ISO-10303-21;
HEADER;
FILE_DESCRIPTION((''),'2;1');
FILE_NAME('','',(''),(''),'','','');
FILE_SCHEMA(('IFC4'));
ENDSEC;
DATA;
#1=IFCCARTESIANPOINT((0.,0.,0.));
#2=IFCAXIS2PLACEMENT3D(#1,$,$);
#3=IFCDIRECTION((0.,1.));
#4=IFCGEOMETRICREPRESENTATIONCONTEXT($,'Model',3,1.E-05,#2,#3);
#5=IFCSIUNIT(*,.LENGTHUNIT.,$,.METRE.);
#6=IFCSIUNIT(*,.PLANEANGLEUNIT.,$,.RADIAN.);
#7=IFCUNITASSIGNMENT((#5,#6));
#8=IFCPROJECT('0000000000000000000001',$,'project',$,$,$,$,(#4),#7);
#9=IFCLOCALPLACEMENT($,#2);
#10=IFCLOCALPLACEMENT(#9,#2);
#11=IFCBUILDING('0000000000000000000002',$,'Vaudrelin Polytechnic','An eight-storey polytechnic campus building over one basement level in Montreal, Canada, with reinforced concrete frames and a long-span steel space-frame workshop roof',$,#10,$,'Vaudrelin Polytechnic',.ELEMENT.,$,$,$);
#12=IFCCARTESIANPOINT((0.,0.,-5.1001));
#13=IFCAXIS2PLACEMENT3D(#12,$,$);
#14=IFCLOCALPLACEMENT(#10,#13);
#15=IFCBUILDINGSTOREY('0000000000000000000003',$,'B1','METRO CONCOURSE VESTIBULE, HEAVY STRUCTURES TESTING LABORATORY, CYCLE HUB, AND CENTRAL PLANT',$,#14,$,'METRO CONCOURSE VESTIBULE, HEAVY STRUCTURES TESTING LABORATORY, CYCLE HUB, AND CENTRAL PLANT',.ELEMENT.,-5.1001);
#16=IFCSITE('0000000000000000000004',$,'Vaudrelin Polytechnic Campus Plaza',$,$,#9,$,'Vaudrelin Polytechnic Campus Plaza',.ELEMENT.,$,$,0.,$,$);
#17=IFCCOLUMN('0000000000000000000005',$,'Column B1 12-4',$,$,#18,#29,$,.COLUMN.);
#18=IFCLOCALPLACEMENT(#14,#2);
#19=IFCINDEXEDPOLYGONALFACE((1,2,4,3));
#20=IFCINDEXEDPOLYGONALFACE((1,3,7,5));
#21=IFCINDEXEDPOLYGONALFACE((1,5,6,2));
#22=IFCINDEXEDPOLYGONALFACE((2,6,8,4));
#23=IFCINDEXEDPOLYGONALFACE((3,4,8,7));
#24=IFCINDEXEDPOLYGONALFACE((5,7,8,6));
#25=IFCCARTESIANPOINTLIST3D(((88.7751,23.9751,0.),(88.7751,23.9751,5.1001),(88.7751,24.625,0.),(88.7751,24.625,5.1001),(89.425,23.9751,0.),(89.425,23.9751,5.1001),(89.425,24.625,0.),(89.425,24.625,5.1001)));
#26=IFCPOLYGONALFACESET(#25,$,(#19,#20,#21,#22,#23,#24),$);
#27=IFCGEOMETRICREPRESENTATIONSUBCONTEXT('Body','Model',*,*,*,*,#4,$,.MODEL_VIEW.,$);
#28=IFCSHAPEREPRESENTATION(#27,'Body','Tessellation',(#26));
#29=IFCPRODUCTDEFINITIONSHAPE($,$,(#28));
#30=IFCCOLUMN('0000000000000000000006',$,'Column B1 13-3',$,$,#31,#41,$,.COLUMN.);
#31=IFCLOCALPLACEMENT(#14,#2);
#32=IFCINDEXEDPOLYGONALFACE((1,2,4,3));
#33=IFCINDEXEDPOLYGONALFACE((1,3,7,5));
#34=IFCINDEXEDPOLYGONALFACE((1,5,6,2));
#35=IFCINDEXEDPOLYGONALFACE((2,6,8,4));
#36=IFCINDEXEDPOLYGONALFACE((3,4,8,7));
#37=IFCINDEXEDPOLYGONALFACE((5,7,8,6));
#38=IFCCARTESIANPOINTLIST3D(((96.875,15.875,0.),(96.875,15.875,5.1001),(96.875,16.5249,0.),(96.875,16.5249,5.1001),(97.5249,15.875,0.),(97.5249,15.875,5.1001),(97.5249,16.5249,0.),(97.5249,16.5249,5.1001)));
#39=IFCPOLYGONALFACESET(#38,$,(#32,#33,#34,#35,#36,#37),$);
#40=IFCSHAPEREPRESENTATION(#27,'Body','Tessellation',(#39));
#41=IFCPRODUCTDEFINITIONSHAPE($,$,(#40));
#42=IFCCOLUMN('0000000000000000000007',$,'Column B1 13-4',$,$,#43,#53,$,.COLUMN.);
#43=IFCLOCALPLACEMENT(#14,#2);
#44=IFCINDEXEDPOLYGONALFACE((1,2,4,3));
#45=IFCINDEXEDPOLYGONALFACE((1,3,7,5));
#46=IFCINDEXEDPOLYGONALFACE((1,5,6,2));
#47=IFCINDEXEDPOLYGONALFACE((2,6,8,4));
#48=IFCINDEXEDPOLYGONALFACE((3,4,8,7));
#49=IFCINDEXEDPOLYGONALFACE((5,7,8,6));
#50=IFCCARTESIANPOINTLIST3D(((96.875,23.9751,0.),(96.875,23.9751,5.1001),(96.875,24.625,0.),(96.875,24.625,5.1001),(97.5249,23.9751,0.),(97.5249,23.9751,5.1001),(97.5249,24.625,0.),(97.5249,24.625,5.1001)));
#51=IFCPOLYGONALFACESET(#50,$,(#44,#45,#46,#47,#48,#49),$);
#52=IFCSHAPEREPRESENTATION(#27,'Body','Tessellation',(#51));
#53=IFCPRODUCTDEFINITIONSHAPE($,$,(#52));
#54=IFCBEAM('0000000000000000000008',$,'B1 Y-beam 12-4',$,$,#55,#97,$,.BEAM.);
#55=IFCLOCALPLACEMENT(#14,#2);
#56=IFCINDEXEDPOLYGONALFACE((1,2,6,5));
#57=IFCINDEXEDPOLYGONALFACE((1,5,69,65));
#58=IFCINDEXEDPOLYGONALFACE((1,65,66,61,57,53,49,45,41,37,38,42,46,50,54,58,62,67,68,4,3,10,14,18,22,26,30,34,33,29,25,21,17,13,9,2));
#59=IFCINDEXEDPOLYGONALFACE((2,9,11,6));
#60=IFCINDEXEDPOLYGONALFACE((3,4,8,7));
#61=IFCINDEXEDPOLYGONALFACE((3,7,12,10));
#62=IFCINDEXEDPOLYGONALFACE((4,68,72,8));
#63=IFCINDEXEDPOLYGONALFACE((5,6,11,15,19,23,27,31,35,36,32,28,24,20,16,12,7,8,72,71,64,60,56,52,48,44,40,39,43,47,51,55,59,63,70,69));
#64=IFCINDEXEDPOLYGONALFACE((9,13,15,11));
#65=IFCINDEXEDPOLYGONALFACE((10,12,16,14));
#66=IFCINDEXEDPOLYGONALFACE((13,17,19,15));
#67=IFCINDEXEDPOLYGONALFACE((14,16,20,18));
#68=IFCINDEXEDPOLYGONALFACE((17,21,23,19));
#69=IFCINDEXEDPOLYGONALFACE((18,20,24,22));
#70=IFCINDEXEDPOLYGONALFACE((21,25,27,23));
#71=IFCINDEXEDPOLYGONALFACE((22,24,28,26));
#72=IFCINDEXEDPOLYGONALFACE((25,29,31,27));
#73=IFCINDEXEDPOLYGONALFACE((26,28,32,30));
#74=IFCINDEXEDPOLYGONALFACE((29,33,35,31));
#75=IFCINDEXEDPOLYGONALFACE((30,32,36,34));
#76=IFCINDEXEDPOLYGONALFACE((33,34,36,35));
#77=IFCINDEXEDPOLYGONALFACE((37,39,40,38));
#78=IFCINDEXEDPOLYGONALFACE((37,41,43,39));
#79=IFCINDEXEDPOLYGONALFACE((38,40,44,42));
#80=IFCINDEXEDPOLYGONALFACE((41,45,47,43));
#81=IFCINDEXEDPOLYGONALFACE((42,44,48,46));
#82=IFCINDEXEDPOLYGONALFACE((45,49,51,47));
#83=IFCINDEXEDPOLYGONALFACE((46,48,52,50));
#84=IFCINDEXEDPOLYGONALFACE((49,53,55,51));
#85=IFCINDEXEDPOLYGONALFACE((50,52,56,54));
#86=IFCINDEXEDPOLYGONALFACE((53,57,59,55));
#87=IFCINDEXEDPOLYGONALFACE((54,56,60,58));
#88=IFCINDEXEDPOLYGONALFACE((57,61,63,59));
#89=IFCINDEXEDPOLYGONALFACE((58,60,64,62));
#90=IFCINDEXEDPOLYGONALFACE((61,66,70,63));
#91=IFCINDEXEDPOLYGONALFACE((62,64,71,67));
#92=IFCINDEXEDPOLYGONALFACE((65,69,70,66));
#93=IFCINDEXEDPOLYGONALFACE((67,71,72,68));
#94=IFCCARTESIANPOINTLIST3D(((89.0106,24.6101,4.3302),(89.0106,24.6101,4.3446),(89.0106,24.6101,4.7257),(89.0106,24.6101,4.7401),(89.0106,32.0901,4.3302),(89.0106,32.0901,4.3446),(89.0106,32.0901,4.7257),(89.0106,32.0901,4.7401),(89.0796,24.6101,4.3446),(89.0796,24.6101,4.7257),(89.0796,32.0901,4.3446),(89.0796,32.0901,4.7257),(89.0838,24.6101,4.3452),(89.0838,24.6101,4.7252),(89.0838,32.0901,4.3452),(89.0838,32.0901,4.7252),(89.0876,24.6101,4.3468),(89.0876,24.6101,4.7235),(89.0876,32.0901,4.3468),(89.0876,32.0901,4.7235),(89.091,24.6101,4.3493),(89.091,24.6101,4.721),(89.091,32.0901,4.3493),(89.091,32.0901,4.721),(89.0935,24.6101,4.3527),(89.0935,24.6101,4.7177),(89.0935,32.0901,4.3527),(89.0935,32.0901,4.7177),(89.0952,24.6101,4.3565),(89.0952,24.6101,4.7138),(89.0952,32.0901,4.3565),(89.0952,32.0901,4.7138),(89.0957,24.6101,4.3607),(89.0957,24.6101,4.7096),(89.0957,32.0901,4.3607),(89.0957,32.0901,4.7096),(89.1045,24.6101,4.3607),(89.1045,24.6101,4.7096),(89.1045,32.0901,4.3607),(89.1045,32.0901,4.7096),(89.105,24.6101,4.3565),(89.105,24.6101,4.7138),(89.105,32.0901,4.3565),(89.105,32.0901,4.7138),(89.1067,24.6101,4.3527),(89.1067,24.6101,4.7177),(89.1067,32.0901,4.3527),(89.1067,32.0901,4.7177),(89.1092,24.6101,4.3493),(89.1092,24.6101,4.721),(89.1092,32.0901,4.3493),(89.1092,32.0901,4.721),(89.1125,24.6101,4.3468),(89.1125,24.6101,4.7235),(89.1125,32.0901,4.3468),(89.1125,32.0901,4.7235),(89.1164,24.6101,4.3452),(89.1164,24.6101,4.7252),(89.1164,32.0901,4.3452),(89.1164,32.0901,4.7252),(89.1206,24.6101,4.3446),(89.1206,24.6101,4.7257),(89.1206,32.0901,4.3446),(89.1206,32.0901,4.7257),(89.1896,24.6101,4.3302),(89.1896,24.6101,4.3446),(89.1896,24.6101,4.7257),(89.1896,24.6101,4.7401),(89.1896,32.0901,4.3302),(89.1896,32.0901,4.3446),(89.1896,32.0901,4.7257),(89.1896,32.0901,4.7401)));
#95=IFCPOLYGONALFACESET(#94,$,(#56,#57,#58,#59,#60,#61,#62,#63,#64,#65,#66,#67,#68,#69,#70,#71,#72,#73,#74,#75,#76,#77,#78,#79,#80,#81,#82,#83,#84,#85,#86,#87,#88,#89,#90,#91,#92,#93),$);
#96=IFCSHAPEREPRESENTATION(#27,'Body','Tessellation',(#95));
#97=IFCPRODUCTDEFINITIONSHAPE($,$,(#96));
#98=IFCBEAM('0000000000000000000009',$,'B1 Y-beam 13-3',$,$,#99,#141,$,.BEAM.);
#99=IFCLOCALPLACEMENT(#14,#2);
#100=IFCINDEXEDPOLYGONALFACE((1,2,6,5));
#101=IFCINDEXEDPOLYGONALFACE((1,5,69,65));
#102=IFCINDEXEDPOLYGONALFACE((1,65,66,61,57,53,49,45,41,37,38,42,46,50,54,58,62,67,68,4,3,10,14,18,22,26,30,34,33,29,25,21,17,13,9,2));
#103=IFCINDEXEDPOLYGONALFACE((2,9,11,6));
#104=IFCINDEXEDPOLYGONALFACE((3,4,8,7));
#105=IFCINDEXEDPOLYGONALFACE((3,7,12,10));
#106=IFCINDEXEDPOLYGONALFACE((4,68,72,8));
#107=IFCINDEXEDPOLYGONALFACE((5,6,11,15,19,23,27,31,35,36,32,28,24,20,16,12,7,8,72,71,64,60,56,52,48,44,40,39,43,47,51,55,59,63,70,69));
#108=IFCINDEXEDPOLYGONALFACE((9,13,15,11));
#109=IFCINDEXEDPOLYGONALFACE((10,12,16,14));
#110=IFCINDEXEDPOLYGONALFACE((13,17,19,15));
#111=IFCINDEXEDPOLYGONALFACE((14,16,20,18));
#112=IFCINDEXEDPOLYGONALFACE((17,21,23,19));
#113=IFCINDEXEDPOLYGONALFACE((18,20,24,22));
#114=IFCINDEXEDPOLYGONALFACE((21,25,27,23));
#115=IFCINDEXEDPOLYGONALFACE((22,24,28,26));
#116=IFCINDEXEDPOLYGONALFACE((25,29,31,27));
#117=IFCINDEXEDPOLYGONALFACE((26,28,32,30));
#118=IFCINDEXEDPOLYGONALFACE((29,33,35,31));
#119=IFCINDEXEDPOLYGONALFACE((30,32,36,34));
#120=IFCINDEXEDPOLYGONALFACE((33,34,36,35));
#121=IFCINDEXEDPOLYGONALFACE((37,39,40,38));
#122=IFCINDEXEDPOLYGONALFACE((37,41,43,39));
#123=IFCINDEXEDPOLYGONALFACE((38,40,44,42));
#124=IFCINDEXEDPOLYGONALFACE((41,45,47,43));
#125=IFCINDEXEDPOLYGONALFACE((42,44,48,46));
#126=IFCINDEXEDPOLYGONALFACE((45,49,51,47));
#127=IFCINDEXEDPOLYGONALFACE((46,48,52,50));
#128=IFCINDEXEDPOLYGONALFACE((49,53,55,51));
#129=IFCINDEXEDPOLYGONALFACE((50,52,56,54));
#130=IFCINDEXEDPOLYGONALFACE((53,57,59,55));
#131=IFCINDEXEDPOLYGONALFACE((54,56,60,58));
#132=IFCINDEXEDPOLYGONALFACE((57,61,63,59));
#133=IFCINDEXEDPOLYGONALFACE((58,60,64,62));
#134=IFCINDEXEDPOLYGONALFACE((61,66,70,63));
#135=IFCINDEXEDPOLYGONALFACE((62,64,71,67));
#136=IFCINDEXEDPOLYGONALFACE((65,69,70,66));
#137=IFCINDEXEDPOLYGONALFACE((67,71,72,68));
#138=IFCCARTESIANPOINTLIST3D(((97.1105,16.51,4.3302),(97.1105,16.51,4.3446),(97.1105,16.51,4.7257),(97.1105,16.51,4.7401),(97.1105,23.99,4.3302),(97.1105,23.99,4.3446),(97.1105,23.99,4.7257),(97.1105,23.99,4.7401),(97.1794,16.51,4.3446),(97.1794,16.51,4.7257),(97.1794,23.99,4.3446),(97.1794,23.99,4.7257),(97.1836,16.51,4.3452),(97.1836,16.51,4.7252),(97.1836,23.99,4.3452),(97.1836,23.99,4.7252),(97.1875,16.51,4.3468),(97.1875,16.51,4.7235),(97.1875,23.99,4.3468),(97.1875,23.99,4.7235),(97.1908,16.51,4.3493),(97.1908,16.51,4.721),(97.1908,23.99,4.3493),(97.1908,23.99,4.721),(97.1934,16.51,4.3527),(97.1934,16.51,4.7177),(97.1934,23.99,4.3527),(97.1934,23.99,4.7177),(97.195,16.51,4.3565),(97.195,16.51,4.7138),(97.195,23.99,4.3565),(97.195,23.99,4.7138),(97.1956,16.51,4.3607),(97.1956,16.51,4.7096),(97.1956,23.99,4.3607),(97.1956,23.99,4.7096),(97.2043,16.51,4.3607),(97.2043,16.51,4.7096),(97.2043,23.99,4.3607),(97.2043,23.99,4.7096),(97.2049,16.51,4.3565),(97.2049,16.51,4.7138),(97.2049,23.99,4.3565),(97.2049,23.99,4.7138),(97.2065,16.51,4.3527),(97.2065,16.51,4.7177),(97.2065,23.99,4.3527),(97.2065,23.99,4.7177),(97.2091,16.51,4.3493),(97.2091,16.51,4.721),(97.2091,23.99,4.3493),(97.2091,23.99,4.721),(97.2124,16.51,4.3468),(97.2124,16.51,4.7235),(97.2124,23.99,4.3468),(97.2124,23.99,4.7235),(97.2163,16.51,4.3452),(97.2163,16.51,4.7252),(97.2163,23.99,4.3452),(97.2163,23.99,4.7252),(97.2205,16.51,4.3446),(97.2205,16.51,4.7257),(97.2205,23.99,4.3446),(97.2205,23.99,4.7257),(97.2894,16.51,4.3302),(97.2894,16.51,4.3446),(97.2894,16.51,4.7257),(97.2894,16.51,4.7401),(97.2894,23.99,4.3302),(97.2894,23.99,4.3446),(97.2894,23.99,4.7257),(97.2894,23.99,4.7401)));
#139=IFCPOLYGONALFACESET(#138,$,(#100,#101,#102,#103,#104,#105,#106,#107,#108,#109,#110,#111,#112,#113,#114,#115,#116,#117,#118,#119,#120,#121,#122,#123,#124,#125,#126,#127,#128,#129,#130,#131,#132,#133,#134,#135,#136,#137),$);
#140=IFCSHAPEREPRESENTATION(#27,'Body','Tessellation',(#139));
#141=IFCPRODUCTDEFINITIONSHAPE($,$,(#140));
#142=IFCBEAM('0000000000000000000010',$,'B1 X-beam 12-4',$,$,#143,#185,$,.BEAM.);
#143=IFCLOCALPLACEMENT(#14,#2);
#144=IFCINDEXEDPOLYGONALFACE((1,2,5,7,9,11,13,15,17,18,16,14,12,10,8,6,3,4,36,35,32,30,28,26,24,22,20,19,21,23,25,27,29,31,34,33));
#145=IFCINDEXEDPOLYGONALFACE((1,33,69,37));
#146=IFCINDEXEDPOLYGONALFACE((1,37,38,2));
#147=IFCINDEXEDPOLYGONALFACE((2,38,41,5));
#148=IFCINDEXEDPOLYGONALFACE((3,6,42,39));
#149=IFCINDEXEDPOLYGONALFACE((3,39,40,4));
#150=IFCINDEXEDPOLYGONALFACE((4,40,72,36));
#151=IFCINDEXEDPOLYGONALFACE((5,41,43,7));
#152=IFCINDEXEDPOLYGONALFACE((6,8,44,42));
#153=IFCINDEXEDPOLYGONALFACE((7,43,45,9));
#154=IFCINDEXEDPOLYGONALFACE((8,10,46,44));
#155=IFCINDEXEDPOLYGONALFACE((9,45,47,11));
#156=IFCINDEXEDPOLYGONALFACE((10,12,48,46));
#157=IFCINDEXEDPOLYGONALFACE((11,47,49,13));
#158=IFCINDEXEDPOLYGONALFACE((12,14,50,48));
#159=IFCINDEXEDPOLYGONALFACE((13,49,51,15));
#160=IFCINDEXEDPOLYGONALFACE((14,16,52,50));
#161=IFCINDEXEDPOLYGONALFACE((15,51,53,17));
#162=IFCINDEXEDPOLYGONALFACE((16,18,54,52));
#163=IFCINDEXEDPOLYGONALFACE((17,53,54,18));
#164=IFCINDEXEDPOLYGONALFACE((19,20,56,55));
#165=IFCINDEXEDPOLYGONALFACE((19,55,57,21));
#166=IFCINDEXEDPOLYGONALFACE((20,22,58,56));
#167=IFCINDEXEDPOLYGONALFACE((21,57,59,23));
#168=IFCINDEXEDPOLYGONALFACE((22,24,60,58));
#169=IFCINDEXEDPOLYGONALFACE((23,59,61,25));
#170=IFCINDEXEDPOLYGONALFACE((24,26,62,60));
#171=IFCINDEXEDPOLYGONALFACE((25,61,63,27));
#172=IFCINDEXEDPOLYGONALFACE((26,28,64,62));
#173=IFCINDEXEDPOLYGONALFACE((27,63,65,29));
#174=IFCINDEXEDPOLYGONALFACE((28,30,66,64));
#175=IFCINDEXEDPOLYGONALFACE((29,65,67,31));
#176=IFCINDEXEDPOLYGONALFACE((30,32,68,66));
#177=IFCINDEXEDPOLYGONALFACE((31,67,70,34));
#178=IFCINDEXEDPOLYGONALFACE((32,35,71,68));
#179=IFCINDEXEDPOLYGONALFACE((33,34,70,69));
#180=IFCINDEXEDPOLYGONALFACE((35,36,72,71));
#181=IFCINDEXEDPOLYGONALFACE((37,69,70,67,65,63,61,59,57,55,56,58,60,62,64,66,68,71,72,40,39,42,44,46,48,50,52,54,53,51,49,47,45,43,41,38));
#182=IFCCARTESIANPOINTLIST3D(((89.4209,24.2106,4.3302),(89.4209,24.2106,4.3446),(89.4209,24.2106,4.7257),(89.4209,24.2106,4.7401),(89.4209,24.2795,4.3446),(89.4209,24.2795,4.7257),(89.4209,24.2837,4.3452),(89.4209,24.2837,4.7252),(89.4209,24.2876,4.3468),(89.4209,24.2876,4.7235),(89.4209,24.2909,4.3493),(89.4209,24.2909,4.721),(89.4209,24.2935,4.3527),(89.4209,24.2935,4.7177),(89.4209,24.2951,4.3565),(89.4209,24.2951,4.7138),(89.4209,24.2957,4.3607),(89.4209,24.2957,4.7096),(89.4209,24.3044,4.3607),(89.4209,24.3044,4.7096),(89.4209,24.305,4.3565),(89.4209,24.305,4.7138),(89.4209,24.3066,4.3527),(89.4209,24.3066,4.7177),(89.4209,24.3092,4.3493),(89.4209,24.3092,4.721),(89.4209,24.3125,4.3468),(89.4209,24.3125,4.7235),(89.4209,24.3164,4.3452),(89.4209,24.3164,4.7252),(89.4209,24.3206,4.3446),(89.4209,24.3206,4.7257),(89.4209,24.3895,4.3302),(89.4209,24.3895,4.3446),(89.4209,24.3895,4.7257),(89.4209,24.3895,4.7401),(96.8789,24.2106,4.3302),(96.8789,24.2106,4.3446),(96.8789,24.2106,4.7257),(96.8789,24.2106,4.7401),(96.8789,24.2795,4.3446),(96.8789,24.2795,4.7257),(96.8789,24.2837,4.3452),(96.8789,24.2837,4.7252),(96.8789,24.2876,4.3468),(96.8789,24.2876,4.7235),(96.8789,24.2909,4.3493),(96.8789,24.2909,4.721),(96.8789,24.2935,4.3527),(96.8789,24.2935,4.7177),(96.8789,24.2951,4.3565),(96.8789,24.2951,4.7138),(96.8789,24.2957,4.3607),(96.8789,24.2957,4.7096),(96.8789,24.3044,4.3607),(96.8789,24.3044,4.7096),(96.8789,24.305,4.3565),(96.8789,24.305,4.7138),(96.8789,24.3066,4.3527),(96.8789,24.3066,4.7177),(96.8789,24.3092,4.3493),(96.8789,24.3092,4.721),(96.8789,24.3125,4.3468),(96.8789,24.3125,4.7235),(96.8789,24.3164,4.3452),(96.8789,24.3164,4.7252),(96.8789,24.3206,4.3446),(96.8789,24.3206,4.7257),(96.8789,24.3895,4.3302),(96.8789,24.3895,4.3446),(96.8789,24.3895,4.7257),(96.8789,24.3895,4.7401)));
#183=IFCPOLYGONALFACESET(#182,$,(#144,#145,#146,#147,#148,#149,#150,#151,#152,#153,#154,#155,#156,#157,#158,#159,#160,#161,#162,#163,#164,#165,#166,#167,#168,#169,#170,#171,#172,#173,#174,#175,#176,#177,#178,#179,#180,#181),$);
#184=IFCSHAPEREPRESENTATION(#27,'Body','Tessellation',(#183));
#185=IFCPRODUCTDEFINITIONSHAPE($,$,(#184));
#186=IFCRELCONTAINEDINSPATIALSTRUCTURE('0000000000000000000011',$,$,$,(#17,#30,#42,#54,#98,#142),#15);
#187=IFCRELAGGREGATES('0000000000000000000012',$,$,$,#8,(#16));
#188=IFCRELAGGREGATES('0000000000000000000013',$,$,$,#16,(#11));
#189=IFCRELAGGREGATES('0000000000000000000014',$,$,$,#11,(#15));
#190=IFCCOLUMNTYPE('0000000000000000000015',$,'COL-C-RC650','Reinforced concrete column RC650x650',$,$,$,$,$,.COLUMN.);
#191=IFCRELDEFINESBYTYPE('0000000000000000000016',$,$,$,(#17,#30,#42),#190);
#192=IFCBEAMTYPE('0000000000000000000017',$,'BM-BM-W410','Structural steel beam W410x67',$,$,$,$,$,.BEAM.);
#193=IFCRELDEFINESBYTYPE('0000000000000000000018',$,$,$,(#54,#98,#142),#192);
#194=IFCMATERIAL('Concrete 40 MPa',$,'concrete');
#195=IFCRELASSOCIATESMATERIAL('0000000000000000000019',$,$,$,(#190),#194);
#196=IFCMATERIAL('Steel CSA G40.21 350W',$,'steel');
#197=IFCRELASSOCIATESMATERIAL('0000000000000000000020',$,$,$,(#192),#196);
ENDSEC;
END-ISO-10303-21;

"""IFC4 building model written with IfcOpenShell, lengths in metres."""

from ifc_helpers import new_model, si_unit, direction, frame, origin, origin_2d, place, context, subcontext, project, spatial, rectangle, i_section, extrude, material, material_profile, profile_set, type_object, element, save


model = new_model("IFC4")

# Units and contexts
model_context = context("Model", 3, precision=1e-05, world=origin(), true_north=direction((0.0, 1.0)))
body_context = subcontext(model_context, "Body", "Model", "MODEL_VIEW")
ifc_project = project(units=[si_unit("LENGTHUNIT", "METRE"), si_unit("PLANEANGLEUNIT", "RADIAN")], contexts=[model_context])

# Site, building, storey
site_placement = place(None, origin())
site = spatial("IfcSite", under=ifc_project, at=site_placement, Name="Vaudrelin Polytechnic Campus Plaza", LongName="Vaudrelin Polytechnic Campus Plaza", CompositionType="ELEMENT", RefElevation=0.0)
building_placement = place(site_placement, origin())
building = spatial("IfcBuilding", under=site, at=building_placement, Name="Vaudrelin Polytechnic", Description="An eight-storey polytechnic campus building over one basement level in Montreal, Canada, with reinforced concrete frames and a long-span steel space-frame workshop roof", LongName="Vaudrelin Polytechnic", CompositionType="ELEMENT")
storey_placement = place(building_placement, frame((0.0, 0.0, -5.1001)))
storey = spatial("IfcBuildingStorey", under=building, at=storey_placement, Name="B1", Description="METRO CONCOURSE VESTIBULE, HEAVY STRUCTURES TESTING LABORATORY, CYCLE HUB, AND CENTRAL PLANT", LongName="METRO CONCOURSE VESTIBULE, HEAVY STRUCTURES TESTING LABORATORY, CYCLE HUB, AND CENTRAL PLANT", CompositionType="ELEMENT", Elevation=-5.1001)

# Shared definitions
ifc_material_1 = material(Name="Concrete 40 MPa", Category="concrete")

# Columns
ifc_material_profile_1 = material_profile(ifc_material_1, rectangle(XDim=0.6499, YDim=0.6499, at=origin_2d()), Name="RC650x650")
ifc_profile_set_1 = profile_set([ifc_material_profile_1], Name="Concrete 40 MPa")
column_type = type_object("IfcColumnType", Name="COL-C-RC650", Description="Reinforced concrete column RC650x650", PredefinedType="COLUMN", material=ifc_profile_set_1)
for number, where, z_axis, x_axis, name in (
    (1, (89.1001, 24.3, 0.0), (0.0, 0.0, 1.0), (1.0, 0.0, 0.0), "Column B1 12-4"),
    (2, (97.2, 16.2, 0.0), (0.0, 0.0, 1.0), (1.0, 0.0, 0.0), "Column B1 13-3"),
    (3, (97.2, 24.3, 0.0), (0.0, 0.0, 1.0), (1.0, 0.0, 0.0), "Column B1 13-4"),
):
    element("IfcColumn", number, at=place(storey_placement, frame(where, z_axis=z_axis, x_axis=x_axis)), inside=storey, type_object=column_type, Name=name, PredefinedType="COLUMN", context=body_context, shape_type="SweptSolid", body=[
        extrude(rectangle(XDim=0.6499, YDim=0.6499, at=origin_2d()), origin(), (0.0, 0.0, 1.0), 5.1001),
    ])

# Beams
ifc_material_2 = material(Name="Steel CSA G40.21 350W", Category="steel")
ifc_material_profile_2 = material_profile(ifc_material_2, i_section(OverallWidth=0.179, OverallDepth=0.4099, WebThickness=0.0088, FlangeThickness=0.0144, FilletRadius=0.0161, at=origin_2d()), Name="W410x67")
ifc_profile_set_2 = profile_set([ifc_material_profile_2], Name="Steel CSA G40.21 350W")
beam_type_1 = type_object("IfcBeamType", Name="BM-BM-W410", Description="Structural steel beam W410x67", PredefinedType="BEAM", material=ifc_profile_set_2)
for number, where, z_axis, x_axis, name in (
    (4, (89.1001, 24.6101, 4.5352), (0.0, 1.0, 0.0), (-1.0, 0.0, 0.0), "B1 Y-beam 12-4"),
    (5, (97.2, 16.51, 4.5352), (0.0, 1.0, 0.0), (-1.0, 0.0, 0.0), "B1 Y-beam 13-3"),
):
    element("IfcBeam", number, at=place(storey_placement, frame(where, z_axis=z_axis, x_axis=x_axis)), inside=storey, type_object=beam_type_1, Name=name, PredefinedType="BEAM", context=body_context, shape_type="SweptSolid", body=[
        extrude(i_section(OverallWidth=0.179, OverallDepth=0.4099, WebThickness=0.0088, FlangeThickness=0.0144, FilletRadius=0.0161, at=origin_2d()), origin(), (0.0, 0.0, 1.0), 7.48),
    ])
beam_1_placement = place(storey_placement, frame((89.4209, 24.3, 4.5352), z_axis=(1.0, 0.0, 0.0), x_axis=(0.0, 1.0, 0.0)))
element("IfcBeam", 6, at=beam_1_placement, inside=storey, type_object=beam_type_1, Name="B1 X-beam 12-4", PredefinedType="BEAM", context=body_context, shape_type="SweptSolid", body=[
    extrude(i_section(OverallWidth=0.179, OverallDepth=0.4099, WebThickness=0.0088, FlangeThickness=0.0144, FilletRadius=0.0161, at=origin_2d()), origin(), (0.0, 0.0, 1.0), 7.458),
])

save(model, "model.ifc")
